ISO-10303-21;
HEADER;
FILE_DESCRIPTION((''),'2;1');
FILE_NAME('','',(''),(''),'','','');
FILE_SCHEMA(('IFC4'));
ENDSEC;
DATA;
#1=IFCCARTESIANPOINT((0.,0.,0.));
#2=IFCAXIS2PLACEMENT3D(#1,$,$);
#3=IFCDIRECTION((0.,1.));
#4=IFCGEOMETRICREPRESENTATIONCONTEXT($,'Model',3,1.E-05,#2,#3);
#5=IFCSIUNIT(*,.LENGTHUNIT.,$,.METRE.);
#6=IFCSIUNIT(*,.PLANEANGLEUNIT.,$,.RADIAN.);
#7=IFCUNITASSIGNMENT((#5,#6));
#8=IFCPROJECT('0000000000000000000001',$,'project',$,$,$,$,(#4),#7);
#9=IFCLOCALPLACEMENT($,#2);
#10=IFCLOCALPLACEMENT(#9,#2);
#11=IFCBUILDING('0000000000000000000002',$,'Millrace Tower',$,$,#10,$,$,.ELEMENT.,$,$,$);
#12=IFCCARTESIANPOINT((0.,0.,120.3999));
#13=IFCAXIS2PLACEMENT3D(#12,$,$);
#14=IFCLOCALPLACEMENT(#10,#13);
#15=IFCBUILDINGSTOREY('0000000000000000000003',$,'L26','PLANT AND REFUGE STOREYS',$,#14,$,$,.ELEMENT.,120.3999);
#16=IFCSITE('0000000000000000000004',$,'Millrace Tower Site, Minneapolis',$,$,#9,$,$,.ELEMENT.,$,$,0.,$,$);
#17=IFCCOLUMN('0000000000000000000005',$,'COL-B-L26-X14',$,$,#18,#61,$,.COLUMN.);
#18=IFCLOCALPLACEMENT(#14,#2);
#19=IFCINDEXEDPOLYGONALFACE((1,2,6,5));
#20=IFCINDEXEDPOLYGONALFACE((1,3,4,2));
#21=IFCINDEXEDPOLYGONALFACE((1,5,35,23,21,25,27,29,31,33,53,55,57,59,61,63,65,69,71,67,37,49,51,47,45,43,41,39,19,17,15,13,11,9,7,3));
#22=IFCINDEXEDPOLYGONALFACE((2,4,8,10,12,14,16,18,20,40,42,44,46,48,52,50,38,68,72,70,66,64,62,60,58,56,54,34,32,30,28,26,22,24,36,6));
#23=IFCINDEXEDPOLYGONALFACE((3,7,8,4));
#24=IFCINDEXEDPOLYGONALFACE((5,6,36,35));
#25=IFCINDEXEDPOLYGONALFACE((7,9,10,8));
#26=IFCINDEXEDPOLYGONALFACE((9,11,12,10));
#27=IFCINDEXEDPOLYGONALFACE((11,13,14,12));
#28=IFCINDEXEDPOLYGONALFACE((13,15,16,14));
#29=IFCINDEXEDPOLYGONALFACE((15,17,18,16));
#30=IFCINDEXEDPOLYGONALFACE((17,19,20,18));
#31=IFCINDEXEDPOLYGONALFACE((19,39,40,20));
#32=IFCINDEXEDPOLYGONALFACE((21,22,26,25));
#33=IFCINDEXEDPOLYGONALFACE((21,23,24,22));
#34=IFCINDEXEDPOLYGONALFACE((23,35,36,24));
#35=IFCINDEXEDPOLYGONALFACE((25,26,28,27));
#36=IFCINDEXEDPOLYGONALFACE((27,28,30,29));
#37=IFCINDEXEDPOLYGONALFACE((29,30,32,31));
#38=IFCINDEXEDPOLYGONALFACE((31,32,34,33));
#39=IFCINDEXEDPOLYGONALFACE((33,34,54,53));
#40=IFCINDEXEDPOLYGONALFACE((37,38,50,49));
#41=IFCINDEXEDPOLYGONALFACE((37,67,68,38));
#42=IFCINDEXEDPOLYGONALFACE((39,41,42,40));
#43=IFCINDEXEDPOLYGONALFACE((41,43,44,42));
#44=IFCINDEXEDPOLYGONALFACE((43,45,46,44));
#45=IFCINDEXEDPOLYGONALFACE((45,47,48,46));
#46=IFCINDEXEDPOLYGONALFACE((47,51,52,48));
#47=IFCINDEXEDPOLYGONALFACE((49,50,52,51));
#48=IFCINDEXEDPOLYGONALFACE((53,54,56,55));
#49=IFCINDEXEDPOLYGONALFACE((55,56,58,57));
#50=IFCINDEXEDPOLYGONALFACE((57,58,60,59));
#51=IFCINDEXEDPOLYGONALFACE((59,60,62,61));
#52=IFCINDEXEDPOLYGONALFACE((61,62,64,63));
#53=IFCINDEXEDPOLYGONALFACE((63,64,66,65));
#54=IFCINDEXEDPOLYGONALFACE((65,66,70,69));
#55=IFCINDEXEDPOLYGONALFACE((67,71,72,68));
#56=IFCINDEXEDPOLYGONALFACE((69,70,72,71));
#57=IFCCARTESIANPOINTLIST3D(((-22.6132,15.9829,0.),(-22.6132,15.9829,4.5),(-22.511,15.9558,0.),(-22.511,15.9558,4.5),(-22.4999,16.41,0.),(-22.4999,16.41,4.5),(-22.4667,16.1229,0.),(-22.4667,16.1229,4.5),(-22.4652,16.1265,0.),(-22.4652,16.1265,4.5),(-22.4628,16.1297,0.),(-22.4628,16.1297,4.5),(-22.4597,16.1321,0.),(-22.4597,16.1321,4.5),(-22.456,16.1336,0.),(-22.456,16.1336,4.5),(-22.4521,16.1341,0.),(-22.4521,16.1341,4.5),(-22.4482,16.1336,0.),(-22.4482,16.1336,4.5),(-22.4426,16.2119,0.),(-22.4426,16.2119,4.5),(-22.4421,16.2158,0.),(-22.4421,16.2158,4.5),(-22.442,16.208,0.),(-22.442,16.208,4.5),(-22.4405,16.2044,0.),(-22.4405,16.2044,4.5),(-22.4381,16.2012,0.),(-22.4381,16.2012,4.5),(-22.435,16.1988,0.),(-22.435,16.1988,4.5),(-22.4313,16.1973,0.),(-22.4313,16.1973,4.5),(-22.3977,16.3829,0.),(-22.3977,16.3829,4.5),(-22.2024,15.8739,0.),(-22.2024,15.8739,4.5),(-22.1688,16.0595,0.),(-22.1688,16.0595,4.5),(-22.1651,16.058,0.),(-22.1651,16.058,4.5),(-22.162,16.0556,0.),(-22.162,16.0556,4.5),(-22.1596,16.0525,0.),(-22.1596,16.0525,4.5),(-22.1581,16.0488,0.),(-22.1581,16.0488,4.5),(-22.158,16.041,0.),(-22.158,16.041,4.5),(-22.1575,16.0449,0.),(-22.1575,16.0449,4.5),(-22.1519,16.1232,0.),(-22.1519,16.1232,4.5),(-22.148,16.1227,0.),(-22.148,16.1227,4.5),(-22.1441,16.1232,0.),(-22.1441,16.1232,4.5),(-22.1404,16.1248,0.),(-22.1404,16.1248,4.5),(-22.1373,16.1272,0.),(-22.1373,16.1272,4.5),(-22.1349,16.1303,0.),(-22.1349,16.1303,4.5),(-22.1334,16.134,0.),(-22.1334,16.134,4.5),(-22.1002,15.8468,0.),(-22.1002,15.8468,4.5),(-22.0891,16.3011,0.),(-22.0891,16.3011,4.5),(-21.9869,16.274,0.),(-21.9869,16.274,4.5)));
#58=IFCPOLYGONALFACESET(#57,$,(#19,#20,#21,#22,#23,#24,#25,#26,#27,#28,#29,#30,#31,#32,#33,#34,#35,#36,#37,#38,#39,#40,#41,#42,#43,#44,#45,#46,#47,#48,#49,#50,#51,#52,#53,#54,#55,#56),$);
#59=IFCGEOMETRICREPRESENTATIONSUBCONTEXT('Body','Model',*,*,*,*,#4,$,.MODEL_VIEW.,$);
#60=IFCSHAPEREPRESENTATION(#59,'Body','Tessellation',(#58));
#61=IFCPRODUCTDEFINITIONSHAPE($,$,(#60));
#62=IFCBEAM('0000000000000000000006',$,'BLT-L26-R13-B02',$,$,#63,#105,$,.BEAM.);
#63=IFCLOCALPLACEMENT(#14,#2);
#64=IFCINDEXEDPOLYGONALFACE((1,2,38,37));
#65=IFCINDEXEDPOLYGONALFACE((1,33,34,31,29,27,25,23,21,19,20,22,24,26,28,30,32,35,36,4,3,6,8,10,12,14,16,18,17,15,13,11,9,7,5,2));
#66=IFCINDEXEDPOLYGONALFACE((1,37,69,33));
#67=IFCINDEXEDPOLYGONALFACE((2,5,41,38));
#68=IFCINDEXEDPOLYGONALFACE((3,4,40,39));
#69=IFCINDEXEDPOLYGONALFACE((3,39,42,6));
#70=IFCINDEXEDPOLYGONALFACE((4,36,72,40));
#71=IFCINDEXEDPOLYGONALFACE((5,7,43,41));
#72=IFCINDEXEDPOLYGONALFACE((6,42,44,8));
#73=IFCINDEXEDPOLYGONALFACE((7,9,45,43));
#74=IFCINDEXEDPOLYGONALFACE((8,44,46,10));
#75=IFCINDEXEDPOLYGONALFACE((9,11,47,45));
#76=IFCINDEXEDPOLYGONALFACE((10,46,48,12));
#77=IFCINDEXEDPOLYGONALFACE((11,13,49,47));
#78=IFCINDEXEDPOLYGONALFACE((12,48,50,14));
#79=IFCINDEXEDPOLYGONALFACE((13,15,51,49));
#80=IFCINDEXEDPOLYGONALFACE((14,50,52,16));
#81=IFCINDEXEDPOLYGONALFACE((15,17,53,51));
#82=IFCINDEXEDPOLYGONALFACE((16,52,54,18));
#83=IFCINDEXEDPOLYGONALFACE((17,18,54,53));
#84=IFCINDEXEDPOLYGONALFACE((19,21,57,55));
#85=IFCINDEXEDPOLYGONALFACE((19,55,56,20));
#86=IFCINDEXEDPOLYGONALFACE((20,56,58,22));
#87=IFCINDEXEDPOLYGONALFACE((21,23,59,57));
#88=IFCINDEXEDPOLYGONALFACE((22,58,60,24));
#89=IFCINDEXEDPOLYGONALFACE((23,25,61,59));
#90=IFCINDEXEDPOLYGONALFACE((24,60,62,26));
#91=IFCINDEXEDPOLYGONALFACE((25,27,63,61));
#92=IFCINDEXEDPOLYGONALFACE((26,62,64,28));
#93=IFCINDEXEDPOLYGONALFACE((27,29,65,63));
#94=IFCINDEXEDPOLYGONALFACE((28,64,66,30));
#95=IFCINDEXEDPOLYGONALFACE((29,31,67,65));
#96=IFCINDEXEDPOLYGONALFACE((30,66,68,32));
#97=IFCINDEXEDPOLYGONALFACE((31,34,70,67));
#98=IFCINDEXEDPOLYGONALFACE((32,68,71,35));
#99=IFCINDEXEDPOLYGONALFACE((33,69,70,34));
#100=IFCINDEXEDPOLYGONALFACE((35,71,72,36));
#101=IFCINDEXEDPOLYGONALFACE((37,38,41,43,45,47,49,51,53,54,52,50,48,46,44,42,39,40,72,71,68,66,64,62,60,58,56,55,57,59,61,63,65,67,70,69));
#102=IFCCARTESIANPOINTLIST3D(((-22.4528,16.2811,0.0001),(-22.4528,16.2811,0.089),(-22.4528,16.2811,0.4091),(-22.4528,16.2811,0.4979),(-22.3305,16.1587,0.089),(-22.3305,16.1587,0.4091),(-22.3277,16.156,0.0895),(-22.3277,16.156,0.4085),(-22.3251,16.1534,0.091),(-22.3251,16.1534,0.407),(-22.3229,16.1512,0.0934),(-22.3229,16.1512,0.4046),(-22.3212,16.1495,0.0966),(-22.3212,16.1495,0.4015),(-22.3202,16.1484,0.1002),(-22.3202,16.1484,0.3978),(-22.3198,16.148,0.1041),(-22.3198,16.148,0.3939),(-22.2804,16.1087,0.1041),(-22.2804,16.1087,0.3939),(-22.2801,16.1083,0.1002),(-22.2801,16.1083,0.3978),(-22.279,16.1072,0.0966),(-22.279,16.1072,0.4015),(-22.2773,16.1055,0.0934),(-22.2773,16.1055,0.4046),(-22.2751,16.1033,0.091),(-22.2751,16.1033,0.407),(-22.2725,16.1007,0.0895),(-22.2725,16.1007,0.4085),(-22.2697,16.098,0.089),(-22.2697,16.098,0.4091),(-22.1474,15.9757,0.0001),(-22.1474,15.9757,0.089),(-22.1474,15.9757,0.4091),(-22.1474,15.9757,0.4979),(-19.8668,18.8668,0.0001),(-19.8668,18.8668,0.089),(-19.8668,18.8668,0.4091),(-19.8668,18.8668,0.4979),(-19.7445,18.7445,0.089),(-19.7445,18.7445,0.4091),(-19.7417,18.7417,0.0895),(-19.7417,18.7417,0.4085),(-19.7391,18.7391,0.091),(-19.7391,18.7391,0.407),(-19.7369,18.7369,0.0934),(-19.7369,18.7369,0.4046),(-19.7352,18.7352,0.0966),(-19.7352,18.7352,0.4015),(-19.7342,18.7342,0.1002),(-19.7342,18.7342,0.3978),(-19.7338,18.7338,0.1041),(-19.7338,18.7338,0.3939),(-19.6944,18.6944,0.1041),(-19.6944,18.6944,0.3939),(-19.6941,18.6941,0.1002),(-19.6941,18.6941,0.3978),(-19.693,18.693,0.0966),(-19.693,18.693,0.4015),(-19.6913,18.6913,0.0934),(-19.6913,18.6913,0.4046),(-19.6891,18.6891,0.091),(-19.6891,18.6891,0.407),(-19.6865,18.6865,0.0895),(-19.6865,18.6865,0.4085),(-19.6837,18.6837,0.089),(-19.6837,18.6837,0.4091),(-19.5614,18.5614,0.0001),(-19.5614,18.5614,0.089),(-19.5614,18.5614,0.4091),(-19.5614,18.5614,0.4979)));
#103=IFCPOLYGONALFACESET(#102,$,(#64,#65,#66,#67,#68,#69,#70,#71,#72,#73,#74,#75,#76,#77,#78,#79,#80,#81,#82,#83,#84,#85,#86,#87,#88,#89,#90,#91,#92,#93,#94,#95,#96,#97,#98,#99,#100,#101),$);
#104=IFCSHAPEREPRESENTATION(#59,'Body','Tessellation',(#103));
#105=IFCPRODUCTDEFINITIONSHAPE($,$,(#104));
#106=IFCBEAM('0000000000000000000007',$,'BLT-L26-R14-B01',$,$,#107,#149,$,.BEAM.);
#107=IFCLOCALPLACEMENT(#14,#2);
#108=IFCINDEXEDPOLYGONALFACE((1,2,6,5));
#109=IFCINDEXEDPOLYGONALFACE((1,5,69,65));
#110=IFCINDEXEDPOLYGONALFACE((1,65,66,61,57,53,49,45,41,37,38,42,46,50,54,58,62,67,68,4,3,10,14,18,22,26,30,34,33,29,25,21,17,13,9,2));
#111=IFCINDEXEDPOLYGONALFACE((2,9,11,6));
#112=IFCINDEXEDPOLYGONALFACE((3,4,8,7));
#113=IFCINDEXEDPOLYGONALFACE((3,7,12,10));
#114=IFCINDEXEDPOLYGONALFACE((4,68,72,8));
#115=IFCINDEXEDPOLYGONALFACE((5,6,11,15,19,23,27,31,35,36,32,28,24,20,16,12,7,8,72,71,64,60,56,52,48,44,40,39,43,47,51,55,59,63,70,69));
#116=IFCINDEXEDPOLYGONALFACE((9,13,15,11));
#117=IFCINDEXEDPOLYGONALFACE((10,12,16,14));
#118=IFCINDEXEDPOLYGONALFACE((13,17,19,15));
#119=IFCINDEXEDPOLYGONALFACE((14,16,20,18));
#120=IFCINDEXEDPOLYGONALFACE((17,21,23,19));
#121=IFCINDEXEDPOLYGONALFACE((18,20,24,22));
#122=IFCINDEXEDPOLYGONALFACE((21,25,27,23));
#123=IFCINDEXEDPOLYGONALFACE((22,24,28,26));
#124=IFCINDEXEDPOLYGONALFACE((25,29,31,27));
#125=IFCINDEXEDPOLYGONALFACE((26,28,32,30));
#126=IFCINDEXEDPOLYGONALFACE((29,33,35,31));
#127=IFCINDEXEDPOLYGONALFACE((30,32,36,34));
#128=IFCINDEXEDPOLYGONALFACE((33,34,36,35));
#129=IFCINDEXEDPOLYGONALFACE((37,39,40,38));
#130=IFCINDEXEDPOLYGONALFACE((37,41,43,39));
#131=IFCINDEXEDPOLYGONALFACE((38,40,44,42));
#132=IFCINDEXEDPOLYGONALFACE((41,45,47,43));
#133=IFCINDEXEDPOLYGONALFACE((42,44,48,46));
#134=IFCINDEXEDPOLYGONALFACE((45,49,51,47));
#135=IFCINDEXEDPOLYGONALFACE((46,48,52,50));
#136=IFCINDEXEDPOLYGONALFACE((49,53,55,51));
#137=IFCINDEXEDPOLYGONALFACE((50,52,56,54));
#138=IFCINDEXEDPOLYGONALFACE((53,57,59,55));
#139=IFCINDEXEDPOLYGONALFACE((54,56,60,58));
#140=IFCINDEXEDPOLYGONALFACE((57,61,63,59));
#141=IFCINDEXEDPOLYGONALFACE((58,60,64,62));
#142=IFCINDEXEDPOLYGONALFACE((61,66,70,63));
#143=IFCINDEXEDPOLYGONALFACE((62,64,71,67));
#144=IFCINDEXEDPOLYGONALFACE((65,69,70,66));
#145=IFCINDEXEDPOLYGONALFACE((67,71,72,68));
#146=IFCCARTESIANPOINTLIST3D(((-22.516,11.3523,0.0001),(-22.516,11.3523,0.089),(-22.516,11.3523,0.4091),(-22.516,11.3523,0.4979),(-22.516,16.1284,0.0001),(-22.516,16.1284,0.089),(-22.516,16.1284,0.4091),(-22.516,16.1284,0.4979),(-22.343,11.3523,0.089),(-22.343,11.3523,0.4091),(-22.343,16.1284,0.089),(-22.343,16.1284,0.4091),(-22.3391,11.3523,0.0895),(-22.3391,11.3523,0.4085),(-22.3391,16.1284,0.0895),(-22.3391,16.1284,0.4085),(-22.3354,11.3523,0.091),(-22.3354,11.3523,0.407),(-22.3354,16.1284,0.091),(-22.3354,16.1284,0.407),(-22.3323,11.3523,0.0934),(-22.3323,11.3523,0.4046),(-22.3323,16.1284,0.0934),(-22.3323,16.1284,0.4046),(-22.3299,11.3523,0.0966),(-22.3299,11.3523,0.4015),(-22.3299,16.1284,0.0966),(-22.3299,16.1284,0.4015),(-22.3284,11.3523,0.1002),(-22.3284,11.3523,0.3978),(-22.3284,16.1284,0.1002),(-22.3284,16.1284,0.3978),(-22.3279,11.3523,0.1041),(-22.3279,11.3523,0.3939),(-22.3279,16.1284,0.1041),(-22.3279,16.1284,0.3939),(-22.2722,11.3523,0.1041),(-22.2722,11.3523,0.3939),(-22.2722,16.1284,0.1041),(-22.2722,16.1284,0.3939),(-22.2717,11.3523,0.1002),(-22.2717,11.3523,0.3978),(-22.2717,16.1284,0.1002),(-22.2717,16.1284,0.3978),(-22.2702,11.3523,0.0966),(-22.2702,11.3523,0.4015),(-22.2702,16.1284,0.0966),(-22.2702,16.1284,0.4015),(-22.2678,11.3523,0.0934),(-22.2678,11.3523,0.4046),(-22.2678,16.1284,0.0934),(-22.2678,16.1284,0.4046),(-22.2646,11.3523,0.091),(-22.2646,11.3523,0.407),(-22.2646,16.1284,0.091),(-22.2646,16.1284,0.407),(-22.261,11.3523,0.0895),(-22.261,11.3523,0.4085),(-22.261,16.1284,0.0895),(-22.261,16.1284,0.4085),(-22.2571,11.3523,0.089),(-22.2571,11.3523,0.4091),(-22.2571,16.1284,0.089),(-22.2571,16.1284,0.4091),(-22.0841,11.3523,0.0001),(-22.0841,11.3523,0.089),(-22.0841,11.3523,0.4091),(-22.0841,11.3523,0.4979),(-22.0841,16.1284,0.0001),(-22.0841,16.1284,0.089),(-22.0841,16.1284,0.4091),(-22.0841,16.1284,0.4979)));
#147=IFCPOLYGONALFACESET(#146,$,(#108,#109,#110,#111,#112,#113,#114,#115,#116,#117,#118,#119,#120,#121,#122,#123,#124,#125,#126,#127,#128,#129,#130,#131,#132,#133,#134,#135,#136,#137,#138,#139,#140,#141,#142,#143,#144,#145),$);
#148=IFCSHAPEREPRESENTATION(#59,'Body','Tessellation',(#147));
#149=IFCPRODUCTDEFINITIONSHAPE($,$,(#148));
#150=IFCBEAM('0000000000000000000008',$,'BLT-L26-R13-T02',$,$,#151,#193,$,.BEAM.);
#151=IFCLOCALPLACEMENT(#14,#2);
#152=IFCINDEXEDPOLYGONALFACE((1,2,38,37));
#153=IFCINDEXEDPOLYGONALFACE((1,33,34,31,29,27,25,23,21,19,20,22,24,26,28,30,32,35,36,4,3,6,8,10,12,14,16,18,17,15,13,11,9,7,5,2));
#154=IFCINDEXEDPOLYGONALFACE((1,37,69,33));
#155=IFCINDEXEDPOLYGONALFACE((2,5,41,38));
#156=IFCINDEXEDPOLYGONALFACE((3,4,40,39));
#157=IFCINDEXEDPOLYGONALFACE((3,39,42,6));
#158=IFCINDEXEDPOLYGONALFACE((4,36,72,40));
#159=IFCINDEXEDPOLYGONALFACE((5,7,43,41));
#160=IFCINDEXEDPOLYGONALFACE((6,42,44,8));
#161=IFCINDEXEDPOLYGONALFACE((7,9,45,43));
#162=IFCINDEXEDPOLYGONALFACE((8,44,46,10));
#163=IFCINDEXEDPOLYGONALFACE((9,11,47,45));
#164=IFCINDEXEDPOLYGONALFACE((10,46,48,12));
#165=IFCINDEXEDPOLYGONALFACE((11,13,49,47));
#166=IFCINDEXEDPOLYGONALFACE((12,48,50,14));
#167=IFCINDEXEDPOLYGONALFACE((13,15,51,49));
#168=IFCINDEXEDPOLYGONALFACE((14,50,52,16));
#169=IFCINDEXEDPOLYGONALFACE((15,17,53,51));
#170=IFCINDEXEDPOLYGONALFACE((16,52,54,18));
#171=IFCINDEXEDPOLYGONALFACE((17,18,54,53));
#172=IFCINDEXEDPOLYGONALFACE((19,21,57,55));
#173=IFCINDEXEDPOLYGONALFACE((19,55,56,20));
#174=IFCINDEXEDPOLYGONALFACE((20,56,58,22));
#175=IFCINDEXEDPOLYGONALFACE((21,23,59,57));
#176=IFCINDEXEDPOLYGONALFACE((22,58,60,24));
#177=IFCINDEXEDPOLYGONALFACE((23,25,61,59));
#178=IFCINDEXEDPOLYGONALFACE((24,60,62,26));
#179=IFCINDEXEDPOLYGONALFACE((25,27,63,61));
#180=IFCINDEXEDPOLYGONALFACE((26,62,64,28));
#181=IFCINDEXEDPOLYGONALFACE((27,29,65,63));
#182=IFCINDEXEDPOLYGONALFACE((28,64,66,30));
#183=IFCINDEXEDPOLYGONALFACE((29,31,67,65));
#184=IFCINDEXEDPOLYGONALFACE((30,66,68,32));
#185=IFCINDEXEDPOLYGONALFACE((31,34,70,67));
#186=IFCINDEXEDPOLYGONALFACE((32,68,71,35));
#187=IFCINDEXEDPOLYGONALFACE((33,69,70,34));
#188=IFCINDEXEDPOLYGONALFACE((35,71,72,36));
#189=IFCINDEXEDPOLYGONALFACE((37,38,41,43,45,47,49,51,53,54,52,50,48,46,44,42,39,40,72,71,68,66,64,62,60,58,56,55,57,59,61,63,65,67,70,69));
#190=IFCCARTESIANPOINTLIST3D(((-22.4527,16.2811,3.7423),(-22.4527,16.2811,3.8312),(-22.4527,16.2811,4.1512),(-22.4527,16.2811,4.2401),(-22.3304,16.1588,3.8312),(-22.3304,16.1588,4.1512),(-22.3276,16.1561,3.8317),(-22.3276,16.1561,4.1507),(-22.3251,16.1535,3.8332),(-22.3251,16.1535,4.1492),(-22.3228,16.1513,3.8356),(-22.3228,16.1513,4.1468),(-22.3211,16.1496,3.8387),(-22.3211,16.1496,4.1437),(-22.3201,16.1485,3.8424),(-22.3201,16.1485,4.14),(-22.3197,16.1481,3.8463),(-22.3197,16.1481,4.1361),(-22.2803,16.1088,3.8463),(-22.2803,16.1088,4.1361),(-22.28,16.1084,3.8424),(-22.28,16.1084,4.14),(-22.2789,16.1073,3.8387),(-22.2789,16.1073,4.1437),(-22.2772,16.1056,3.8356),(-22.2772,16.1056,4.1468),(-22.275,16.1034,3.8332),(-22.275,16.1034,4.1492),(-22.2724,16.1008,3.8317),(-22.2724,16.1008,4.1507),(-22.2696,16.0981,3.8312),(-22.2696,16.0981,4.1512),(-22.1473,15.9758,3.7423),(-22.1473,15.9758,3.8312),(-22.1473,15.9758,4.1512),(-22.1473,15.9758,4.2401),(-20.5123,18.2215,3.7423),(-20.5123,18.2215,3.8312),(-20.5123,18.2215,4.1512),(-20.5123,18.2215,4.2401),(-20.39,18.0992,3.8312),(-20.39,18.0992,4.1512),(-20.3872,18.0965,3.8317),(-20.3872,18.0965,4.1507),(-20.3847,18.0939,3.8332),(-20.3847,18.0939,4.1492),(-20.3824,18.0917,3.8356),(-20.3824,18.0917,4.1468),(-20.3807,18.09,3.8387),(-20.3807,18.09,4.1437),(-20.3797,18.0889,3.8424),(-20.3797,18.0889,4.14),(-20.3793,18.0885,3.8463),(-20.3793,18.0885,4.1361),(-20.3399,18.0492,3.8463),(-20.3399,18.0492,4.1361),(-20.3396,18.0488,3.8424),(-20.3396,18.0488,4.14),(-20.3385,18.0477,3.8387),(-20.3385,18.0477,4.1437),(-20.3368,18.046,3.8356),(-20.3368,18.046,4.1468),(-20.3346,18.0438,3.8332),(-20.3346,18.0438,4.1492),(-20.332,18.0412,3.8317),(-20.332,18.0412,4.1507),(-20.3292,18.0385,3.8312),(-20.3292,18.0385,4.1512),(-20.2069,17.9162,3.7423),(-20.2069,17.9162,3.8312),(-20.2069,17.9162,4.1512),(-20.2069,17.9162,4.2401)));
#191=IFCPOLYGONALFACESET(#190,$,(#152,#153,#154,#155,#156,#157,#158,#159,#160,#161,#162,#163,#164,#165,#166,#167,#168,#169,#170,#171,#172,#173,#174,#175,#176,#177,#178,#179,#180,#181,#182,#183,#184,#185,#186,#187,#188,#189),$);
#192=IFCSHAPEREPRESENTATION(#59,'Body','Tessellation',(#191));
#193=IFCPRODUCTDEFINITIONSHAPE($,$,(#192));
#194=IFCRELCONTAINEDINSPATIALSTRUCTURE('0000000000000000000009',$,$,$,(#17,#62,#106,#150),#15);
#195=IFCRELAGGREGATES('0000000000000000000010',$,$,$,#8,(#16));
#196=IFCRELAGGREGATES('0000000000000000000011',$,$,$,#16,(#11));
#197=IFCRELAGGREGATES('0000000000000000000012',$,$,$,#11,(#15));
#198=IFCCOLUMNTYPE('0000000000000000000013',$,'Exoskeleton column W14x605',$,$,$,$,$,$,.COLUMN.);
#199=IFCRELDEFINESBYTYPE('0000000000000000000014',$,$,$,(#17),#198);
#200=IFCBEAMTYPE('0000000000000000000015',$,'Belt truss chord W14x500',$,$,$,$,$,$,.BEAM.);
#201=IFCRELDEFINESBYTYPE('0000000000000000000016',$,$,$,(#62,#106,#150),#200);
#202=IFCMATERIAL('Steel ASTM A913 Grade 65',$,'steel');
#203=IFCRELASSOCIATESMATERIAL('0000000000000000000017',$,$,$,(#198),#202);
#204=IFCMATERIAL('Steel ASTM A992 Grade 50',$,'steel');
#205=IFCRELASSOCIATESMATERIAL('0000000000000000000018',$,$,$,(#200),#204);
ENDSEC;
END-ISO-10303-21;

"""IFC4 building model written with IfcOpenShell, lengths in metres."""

from ifc_helpers import new_model, si_unit, direction, frame, origin, origin_2d, place, context, subcontext, project, spatial, i_section, extrude, material, material_profile, profile_set, type_object, element, save


model = new_model("IFC4")

# Units and contexts
model_context = context("Model", 3, precision=1e-05, world=origin(), true_north=direction((0.0, 1.0)))
body_context = subcontext(model_context, "Body", "Model", "MODEL_VIEW")
ifc_project = project(units=[si_unit("LENGTHUNIT", "METRE"), si_unit("PLANEANGLEUNIT", "RADIAN")], contexts=[model_context])

# Site, building, storey
site_placement = place(None, origin())
site = spatial("IfcSite", under=ifc_project, at=site_placement, Name="Millrace Tower Site, Minneapolis", CompositionType="ELEMENT", RefElevation=0.0)
building_placement = place(site_placement, origin())
building = spatial("IfcBuilding", under=site, at=building_placement, Name="Millrace Tower", CompositionType="ELEMENT")
storey_placement = place(building_placement, frame((0.0, 0.0, 120.3999)))
storey = spatial("IfcBuildingStorey", under=building, at=storey_placement, Name="L26", Description="PLANT AND REFUGE STOREYS", CompositionType="ELEMENT", Elevation=120.3999)

# Column
ifc_material_1 = material(Name="Steel ASTM A913 Grade 65", Category="steel")
ifc_material_profile_1 = material_profile(ifc_material_1, i_section(OverallWidth=0.4419, OverallDepth=0.5308, WebThickness=0.0659, FlangeThickness=0.1057, FilletRadius=0.0151, at=origin_2d()))
ifc_profile_set_1 = profile_set([ifc_material_profile_1], Name="Steel ASTM A913 Grade 65")
column_type = type_object("IfcColumnType", Name="Exoskeleton column W14x605", PredefinedType="COLUMN", material=ifc_profile_set_1)
column_placement = place(storey_placement, frame((-22.3, 16.1284, 0.0), z_axis=(0.0, 0.0, 1.0), x_axis=(-0.256347, -0.966585, 0.0)))
element("IfcColumn", 1, at=column_placement, inside=storey, type_object=column_type, Name="COL-B-L26-X14", PredefinedType="COLUMN", context=body_context, shape_type="SweptSolid", body=[
    extrude(i_section(OverallWidth=0.4419, OverallDepth=0.5308, WebThickness=0.0659, FlangeThickness=0.1057, FilletRadius=0.0151, at=origin_2d()), origin(), (0.0, 0.0, 1.0), 4.5),
])

# Beams
ifc_material_2 = material(Name="Steel ASTM A992 Grade 50", Category="steel")
ifc_material_profile_2 = material_profile(ifc_material_2, i_section(OverallWidth=0.4319, OverallDepth=0.4978, WebThickness=0.0557, FlangeThickness=0.0889, FilletRadius=0.0151, at=origin_2d()))
ifc_profile_set_2 = profile_set([ifc_material_profile_2], Name="Steel ASTM A992 Grade 50")
beam_type = type_object("IfcBeamType", Name="Belt truss chord W14x500", PredefinedType="BEAM", material=ifc_profile_set_2)
beam_1_placement = place(storey_placement, frame((-19.7141, 18.7141, 0.249), z_axis=(-0.70714, -0.707073, 0.0), x_axis=(0.707073, -0.70714, 0.0)))
element("IfcBeam", 2, at=beam_1_placement, inside=storey, type_object=beam_type, Name="BLT-L26-R13-B02", PredefinedType="BEAM", context=body_context, shape_type="SweptSolid", body=[
    extrude(i_section(OverallWidth=0.4319, OverallDepth=0.4978, WebThickness=0.0557, FlangeThickness=0.0889, FilletRadius=0.0151, at=origin_2d()), origin(), (0.0, 0.0, 1.0), 3.657),
])
beam_2_placement = place(storey_placement, frame((-22.3, 16.1284, 0.249), z_axis=(0.0, -1.0, 0.0), x_axis=(1.0, 0.0, 0.0)))
element("IfcBeam", 3, at=beam_2_placement, inside=storey, type_object=beam_type, Name="BLT-L26-R14-B01", PredefinedType="BEAM", context=body_context, shape_type="SweptSolid", body=[
    extrude(i_section(OverallWidth=0.4319, OverallDepth=0.4978, WebThickness=0.0557, FlangeThickness=0.0889, FilletRadius=0.0151, at=origin_2d()), origin(), (0.0, 0.0, 1.0), 4.7761),
])
beam_3_placement = place(storey_placement, frame((-20.3596, 18.0688, 3.9912), z_axis=(-0.707107, -0.707107, 0.0), x_axis=(0.707107, -0.707107, 0.0)))
element("IfcBeam", 4, at=beam_3_placement, inside=storey, type_object=beam_type, Name="BLT-L26-R13-T02", PredefinedType="BEAM", context=body_context, shape_type="SweptSolid", body=[
    extrude(i_section(OverallWidth=0.4319, OverallDepth=0.4978, WebThickness=0.0557, FlangeThickness=0.0889, FilletRadius=0.0151, at=origin_2d()), origin(), (0.0, 0.0, 1.0), 2.7441),
])

save(model, "model.ifc")
